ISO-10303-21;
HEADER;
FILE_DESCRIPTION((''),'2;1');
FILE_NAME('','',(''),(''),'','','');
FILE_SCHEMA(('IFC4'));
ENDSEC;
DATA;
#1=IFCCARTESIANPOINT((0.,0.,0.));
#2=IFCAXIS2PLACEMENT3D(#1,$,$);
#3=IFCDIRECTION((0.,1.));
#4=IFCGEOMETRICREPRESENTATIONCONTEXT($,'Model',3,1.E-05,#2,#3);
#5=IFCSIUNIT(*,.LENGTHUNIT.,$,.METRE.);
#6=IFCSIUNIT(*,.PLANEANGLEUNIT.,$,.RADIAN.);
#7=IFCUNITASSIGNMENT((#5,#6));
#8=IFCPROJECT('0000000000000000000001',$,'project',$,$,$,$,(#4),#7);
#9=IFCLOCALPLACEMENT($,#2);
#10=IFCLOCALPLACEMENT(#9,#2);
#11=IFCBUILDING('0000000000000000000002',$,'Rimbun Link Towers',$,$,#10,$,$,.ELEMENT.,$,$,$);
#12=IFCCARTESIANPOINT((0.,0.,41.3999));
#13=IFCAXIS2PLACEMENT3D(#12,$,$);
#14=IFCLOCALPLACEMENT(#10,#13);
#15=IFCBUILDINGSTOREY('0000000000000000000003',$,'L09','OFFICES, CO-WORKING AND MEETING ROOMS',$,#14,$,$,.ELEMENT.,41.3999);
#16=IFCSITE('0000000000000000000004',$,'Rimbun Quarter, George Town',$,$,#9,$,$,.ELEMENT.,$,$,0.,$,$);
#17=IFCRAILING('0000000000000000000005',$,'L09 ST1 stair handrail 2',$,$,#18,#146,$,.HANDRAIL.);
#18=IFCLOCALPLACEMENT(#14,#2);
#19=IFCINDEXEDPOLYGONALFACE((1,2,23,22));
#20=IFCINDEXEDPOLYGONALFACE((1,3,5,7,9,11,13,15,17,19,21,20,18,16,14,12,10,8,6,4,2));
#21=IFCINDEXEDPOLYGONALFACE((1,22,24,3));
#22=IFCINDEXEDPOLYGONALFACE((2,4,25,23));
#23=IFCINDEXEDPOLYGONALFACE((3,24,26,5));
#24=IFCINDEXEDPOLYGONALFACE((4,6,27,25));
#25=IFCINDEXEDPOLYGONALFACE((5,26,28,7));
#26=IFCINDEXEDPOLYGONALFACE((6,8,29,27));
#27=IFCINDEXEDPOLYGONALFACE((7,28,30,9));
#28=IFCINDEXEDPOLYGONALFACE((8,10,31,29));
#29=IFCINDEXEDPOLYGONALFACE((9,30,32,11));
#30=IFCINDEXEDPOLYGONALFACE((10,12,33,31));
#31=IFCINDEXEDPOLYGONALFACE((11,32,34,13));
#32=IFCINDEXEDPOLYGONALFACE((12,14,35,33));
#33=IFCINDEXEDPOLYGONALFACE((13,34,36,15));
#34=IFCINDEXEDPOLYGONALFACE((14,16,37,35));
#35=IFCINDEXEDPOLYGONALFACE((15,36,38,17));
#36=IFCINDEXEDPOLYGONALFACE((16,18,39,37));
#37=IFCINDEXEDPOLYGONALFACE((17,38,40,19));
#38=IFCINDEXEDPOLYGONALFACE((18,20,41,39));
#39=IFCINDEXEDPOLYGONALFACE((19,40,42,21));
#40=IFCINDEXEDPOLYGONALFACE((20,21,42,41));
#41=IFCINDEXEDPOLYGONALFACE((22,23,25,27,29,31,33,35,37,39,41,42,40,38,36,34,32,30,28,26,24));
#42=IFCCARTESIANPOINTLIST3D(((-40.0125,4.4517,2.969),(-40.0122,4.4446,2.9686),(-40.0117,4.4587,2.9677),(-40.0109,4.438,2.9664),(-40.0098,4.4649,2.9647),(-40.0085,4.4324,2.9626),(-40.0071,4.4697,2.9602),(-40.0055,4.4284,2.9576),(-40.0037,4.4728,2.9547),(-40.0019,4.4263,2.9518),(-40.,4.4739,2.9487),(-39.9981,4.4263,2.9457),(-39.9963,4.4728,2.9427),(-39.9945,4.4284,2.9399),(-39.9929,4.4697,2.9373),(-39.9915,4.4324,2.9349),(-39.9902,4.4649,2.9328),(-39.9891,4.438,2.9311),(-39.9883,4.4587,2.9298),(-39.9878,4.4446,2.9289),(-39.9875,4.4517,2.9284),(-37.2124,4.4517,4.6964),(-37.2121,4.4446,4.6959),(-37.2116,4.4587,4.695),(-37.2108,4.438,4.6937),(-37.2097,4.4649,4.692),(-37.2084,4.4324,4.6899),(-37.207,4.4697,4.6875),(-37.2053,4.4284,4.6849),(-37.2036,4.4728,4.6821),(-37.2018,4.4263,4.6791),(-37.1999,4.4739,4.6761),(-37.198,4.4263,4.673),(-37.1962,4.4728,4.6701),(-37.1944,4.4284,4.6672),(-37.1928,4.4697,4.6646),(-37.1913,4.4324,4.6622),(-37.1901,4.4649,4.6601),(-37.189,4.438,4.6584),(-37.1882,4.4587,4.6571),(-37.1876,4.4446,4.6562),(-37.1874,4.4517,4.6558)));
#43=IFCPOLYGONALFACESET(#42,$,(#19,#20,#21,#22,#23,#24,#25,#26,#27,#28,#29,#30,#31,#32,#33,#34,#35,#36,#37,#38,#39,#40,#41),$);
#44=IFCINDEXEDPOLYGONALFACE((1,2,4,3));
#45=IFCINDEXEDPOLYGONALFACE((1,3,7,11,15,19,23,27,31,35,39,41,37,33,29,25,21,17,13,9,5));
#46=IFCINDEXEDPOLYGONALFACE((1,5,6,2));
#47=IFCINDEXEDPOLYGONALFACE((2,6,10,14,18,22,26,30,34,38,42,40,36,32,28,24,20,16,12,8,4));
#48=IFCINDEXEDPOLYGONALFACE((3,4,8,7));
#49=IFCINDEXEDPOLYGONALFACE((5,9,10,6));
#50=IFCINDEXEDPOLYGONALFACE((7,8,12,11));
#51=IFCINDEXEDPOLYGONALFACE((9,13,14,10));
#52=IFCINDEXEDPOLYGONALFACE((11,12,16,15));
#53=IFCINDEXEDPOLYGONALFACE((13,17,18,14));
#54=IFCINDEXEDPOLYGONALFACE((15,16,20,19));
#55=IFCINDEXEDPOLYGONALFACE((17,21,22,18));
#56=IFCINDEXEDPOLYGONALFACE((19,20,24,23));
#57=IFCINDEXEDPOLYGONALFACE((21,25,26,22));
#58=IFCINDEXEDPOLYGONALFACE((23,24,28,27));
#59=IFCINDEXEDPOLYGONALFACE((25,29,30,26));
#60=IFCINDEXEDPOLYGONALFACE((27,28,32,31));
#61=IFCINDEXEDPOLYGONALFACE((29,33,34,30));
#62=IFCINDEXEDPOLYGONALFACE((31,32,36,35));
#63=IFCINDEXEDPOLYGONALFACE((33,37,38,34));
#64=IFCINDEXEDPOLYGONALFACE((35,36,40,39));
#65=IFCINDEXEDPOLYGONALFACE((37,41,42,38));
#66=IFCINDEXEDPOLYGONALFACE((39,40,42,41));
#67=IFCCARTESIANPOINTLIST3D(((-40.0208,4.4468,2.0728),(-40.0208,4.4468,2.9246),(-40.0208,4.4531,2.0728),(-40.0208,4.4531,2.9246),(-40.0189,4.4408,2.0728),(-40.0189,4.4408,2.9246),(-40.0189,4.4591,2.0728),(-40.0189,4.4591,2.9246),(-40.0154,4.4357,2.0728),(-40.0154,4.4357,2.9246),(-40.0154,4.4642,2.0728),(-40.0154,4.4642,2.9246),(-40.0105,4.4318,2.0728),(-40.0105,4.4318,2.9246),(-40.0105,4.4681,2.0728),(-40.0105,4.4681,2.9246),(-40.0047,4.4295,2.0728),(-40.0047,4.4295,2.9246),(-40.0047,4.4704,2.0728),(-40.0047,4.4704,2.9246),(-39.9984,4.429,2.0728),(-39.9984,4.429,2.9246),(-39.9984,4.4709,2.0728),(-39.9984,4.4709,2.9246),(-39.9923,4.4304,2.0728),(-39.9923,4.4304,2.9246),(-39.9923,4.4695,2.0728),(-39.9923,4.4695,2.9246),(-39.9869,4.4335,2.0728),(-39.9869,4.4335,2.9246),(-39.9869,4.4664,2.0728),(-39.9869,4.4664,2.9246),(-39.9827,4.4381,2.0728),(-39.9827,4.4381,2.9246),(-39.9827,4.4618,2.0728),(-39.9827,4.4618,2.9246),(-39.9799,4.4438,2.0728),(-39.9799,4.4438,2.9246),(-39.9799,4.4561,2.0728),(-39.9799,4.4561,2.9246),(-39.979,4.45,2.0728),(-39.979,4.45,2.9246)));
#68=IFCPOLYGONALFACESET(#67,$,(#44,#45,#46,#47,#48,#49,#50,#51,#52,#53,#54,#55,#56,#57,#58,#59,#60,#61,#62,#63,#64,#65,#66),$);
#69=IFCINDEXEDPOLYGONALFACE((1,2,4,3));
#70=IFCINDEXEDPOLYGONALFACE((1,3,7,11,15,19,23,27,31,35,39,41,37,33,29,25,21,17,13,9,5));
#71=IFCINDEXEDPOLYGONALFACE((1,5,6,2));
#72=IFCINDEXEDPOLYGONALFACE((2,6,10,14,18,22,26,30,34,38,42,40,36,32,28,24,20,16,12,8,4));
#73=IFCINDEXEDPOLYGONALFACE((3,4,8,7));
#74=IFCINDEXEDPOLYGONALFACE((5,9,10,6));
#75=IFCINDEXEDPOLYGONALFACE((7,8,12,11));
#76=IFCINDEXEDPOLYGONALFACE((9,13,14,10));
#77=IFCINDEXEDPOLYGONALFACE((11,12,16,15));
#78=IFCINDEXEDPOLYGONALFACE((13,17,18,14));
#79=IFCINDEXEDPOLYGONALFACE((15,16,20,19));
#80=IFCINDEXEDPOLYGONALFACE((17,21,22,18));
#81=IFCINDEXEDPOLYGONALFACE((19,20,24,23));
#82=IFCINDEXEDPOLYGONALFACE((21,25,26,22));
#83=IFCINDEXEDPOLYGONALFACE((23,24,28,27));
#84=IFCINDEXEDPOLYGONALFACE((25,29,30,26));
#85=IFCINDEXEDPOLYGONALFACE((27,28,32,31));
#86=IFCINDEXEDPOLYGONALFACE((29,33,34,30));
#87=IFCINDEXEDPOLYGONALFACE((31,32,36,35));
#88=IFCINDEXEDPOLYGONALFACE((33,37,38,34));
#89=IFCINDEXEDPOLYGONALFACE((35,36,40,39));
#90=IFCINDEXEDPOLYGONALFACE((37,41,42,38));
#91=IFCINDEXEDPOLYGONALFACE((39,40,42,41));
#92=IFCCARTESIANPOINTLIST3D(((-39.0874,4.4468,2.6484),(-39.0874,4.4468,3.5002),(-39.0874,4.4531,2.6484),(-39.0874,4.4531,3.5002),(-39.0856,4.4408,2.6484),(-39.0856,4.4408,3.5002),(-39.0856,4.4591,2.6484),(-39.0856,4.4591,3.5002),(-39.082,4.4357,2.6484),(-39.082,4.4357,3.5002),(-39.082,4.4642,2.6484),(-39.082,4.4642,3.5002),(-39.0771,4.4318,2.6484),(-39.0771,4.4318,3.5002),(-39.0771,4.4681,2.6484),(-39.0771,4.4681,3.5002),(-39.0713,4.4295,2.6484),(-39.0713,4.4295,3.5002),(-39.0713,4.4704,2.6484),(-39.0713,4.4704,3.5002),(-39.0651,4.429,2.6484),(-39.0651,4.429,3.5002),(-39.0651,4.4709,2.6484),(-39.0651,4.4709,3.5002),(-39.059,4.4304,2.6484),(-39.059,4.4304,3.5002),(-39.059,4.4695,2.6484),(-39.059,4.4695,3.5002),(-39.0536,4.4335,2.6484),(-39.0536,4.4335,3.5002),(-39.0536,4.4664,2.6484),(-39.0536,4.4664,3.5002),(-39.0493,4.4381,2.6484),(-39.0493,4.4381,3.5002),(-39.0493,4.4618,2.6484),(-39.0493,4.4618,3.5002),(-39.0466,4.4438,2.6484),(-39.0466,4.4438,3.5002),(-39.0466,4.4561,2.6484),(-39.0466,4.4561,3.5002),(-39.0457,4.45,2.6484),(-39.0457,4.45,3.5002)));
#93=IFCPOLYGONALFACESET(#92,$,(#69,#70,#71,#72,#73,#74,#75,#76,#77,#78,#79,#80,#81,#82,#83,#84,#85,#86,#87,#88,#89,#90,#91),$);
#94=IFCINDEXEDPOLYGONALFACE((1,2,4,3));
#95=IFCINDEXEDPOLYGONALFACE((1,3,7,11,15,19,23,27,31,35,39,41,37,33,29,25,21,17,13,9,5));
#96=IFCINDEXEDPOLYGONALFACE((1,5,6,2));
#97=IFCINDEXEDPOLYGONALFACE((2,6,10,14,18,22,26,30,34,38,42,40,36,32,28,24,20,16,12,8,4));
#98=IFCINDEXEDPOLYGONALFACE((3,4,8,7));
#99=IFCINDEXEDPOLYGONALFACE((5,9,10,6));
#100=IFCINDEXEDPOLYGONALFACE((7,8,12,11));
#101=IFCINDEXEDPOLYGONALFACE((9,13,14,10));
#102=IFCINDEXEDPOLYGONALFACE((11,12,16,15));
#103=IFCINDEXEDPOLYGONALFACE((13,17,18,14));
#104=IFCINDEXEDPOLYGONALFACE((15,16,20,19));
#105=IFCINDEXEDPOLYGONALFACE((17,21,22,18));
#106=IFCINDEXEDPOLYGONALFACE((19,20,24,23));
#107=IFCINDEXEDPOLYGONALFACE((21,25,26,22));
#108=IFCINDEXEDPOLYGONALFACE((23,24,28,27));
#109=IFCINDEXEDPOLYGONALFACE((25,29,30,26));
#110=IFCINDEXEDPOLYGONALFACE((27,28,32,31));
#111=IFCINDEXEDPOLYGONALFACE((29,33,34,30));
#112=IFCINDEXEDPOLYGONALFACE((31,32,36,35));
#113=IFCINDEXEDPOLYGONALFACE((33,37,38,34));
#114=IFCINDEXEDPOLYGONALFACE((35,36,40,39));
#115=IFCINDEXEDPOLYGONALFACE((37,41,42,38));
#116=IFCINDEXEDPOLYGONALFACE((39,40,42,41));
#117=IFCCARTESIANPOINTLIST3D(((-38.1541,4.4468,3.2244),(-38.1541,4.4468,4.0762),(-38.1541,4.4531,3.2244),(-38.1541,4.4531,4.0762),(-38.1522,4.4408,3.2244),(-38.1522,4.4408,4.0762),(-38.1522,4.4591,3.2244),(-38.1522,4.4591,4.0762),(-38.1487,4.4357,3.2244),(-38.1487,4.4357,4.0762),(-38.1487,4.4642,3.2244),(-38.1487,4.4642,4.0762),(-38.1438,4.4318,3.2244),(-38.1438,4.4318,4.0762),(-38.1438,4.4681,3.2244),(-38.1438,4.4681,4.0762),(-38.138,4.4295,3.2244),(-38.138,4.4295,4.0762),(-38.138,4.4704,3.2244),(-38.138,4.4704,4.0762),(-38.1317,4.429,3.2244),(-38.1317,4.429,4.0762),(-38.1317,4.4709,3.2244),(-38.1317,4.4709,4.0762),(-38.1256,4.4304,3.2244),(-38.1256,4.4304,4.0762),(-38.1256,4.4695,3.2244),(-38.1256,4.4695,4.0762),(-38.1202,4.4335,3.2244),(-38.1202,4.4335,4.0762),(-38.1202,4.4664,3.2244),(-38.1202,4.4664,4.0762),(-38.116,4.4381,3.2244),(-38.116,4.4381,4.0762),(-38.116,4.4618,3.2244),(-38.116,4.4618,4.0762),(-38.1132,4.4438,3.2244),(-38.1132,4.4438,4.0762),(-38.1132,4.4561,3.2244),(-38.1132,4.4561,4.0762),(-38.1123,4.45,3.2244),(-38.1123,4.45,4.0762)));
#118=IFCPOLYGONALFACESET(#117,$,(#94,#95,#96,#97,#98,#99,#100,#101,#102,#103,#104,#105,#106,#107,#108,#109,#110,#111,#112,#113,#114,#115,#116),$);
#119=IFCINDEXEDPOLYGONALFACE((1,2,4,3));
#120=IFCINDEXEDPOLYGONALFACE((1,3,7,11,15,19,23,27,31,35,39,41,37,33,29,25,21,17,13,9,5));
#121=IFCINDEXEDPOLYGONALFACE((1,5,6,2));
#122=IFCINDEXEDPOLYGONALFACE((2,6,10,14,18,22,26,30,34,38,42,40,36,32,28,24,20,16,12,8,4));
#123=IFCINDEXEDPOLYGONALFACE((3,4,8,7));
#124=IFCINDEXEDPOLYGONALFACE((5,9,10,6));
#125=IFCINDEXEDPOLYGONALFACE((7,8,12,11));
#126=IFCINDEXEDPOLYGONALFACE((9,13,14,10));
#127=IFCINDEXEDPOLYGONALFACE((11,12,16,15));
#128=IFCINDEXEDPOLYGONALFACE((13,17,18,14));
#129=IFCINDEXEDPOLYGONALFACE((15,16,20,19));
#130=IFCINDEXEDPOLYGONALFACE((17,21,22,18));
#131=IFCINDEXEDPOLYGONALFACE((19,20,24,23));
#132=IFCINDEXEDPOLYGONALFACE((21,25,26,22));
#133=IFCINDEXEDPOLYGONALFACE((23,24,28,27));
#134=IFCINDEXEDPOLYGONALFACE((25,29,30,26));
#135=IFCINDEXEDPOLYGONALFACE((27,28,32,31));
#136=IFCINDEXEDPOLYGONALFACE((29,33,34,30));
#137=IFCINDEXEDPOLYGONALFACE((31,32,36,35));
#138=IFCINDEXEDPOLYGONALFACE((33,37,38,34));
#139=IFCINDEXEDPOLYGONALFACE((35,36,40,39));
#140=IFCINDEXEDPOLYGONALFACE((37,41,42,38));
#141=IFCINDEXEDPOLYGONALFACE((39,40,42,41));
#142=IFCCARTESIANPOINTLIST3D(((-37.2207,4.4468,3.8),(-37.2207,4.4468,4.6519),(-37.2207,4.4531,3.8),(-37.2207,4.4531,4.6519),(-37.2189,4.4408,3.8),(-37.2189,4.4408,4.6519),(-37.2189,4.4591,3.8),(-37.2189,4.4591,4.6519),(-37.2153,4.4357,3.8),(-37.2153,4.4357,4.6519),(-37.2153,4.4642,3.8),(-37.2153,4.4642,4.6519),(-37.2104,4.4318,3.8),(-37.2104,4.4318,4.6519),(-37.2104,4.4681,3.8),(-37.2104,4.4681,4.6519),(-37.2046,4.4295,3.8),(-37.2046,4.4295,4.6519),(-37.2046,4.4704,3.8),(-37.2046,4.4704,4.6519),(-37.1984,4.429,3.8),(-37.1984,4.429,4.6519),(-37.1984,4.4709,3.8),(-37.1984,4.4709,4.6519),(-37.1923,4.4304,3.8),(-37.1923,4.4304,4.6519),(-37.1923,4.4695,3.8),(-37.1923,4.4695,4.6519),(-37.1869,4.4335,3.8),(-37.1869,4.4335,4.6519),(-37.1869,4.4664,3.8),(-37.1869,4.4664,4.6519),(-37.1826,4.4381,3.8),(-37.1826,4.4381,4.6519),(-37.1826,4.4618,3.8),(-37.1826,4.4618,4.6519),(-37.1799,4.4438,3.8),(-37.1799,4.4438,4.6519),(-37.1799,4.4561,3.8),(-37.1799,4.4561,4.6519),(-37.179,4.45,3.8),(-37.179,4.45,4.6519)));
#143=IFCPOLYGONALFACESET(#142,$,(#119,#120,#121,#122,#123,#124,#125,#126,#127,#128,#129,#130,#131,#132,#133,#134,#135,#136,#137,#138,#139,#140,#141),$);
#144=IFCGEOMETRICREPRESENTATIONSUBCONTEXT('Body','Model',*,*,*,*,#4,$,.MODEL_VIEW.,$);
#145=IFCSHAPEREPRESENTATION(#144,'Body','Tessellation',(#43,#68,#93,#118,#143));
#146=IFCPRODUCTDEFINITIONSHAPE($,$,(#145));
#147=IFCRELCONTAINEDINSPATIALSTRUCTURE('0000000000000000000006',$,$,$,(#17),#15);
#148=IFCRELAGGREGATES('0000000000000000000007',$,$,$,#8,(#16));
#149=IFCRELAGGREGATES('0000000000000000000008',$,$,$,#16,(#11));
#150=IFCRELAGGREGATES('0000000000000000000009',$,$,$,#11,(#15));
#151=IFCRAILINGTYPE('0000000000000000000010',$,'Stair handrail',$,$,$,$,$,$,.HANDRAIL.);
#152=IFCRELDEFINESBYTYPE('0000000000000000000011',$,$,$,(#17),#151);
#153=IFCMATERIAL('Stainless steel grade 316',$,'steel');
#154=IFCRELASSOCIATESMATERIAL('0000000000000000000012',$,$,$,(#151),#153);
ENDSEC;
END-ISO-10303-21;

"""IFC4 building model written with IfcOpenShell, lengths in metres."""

from ifc_helpers import new_model, si_unit, direction, frame, origin, origin_2d, place, context, subcontext, project, spatial, circle, extrude, material, type_object, element, save


model = new_model("IFC4")

# Units and contexts
model_context = context("Model", 3, precision=1e-05, world=origin(), true_north=direction((0.0, 1.0)))
body_context = subcontext(model_context, "Body", "Model", "MODEL_VIEW")
ifc_project = project(units=[si_unit("LENGTHUNIT", "METRE"), si_unit("PLANEANGLEUNIT", "RADIAN")], contexts=[model_context])

# Site, building, storey
site_placement = place(None, origin())
site = spatial("IfcSite", under=ifc_project, at=site_placement, Name="Rimbun Quarter, George Town", CompositionType="ELEMENT", RefElevation=0.0)
building_placement = place(site_placement, origin())
building = spatial("IfcBuilding", under=site, at=building_placement, Name="Rimbun Link Towers", CompositionType="ELEMENT")
storey_placement = place(building_placement, frame((0.0, 0.0, 41.3999)))
storey = spatial("IfcBuildingStorey", under=building, at=storey_placement, Name="L09", Description="OFFICES, CO-WORKING AND MEETING ROOMS", CompositionType="ELEMENT", Elevation=41.3999)

# Railing
ifc_material_1 = material(Name="Stainless steel grade 316", Category="steel")
railing_type_1 = type_object("IfcRailingType", Name="Stair handrail", PredefinedType="HANDRAIL", material=ifc_material_1)
railing_1_placement = place(storey_placement, frame((-40.0, 4.45, 2.0728)))
element("IfcRailing", 1, at=railing_1_placement, inside=storey, type_object=railing_type_1, Name="L09 ST1 stair handrail 2", PredefinedType="HANDRAIL", context=body_context, shape_type="SweptSolid", body=[
    extrude(circle(Radius=0.0239, at=origin_2d()), frame((0.0, 0.0, 0.876), z_axis=(0.85109, 0.0, 0.52502), x_axis=(0.0, 1.0, 0.0)), (0.0, 0.0, 1.0), 3.29),
    extrude(circle(Radius=0.021, at=origin_2d()), origin(), (0.0, 0.0, 1.0), 0.8518),
    extrude(circle(Radius=0.021, at=origin_2d()), frame((0.9333, 0.0, 0.5757)), (0.0, 0.0, 1.0), 0.8518),
    extrude(circle(Radius=0.021, at=origin_2d()), frame((1.8667, 0.0, 1.1516)), (0.0, 0.0, 1.0), 0.8518),
    extrude(circle(Radius=0.021, at=origin_2d()), frame((2.8, 0.0, 1.7273)), (0.0, 0.0, 1.0), 0.8518),
])

save(model, "model.ifc")
